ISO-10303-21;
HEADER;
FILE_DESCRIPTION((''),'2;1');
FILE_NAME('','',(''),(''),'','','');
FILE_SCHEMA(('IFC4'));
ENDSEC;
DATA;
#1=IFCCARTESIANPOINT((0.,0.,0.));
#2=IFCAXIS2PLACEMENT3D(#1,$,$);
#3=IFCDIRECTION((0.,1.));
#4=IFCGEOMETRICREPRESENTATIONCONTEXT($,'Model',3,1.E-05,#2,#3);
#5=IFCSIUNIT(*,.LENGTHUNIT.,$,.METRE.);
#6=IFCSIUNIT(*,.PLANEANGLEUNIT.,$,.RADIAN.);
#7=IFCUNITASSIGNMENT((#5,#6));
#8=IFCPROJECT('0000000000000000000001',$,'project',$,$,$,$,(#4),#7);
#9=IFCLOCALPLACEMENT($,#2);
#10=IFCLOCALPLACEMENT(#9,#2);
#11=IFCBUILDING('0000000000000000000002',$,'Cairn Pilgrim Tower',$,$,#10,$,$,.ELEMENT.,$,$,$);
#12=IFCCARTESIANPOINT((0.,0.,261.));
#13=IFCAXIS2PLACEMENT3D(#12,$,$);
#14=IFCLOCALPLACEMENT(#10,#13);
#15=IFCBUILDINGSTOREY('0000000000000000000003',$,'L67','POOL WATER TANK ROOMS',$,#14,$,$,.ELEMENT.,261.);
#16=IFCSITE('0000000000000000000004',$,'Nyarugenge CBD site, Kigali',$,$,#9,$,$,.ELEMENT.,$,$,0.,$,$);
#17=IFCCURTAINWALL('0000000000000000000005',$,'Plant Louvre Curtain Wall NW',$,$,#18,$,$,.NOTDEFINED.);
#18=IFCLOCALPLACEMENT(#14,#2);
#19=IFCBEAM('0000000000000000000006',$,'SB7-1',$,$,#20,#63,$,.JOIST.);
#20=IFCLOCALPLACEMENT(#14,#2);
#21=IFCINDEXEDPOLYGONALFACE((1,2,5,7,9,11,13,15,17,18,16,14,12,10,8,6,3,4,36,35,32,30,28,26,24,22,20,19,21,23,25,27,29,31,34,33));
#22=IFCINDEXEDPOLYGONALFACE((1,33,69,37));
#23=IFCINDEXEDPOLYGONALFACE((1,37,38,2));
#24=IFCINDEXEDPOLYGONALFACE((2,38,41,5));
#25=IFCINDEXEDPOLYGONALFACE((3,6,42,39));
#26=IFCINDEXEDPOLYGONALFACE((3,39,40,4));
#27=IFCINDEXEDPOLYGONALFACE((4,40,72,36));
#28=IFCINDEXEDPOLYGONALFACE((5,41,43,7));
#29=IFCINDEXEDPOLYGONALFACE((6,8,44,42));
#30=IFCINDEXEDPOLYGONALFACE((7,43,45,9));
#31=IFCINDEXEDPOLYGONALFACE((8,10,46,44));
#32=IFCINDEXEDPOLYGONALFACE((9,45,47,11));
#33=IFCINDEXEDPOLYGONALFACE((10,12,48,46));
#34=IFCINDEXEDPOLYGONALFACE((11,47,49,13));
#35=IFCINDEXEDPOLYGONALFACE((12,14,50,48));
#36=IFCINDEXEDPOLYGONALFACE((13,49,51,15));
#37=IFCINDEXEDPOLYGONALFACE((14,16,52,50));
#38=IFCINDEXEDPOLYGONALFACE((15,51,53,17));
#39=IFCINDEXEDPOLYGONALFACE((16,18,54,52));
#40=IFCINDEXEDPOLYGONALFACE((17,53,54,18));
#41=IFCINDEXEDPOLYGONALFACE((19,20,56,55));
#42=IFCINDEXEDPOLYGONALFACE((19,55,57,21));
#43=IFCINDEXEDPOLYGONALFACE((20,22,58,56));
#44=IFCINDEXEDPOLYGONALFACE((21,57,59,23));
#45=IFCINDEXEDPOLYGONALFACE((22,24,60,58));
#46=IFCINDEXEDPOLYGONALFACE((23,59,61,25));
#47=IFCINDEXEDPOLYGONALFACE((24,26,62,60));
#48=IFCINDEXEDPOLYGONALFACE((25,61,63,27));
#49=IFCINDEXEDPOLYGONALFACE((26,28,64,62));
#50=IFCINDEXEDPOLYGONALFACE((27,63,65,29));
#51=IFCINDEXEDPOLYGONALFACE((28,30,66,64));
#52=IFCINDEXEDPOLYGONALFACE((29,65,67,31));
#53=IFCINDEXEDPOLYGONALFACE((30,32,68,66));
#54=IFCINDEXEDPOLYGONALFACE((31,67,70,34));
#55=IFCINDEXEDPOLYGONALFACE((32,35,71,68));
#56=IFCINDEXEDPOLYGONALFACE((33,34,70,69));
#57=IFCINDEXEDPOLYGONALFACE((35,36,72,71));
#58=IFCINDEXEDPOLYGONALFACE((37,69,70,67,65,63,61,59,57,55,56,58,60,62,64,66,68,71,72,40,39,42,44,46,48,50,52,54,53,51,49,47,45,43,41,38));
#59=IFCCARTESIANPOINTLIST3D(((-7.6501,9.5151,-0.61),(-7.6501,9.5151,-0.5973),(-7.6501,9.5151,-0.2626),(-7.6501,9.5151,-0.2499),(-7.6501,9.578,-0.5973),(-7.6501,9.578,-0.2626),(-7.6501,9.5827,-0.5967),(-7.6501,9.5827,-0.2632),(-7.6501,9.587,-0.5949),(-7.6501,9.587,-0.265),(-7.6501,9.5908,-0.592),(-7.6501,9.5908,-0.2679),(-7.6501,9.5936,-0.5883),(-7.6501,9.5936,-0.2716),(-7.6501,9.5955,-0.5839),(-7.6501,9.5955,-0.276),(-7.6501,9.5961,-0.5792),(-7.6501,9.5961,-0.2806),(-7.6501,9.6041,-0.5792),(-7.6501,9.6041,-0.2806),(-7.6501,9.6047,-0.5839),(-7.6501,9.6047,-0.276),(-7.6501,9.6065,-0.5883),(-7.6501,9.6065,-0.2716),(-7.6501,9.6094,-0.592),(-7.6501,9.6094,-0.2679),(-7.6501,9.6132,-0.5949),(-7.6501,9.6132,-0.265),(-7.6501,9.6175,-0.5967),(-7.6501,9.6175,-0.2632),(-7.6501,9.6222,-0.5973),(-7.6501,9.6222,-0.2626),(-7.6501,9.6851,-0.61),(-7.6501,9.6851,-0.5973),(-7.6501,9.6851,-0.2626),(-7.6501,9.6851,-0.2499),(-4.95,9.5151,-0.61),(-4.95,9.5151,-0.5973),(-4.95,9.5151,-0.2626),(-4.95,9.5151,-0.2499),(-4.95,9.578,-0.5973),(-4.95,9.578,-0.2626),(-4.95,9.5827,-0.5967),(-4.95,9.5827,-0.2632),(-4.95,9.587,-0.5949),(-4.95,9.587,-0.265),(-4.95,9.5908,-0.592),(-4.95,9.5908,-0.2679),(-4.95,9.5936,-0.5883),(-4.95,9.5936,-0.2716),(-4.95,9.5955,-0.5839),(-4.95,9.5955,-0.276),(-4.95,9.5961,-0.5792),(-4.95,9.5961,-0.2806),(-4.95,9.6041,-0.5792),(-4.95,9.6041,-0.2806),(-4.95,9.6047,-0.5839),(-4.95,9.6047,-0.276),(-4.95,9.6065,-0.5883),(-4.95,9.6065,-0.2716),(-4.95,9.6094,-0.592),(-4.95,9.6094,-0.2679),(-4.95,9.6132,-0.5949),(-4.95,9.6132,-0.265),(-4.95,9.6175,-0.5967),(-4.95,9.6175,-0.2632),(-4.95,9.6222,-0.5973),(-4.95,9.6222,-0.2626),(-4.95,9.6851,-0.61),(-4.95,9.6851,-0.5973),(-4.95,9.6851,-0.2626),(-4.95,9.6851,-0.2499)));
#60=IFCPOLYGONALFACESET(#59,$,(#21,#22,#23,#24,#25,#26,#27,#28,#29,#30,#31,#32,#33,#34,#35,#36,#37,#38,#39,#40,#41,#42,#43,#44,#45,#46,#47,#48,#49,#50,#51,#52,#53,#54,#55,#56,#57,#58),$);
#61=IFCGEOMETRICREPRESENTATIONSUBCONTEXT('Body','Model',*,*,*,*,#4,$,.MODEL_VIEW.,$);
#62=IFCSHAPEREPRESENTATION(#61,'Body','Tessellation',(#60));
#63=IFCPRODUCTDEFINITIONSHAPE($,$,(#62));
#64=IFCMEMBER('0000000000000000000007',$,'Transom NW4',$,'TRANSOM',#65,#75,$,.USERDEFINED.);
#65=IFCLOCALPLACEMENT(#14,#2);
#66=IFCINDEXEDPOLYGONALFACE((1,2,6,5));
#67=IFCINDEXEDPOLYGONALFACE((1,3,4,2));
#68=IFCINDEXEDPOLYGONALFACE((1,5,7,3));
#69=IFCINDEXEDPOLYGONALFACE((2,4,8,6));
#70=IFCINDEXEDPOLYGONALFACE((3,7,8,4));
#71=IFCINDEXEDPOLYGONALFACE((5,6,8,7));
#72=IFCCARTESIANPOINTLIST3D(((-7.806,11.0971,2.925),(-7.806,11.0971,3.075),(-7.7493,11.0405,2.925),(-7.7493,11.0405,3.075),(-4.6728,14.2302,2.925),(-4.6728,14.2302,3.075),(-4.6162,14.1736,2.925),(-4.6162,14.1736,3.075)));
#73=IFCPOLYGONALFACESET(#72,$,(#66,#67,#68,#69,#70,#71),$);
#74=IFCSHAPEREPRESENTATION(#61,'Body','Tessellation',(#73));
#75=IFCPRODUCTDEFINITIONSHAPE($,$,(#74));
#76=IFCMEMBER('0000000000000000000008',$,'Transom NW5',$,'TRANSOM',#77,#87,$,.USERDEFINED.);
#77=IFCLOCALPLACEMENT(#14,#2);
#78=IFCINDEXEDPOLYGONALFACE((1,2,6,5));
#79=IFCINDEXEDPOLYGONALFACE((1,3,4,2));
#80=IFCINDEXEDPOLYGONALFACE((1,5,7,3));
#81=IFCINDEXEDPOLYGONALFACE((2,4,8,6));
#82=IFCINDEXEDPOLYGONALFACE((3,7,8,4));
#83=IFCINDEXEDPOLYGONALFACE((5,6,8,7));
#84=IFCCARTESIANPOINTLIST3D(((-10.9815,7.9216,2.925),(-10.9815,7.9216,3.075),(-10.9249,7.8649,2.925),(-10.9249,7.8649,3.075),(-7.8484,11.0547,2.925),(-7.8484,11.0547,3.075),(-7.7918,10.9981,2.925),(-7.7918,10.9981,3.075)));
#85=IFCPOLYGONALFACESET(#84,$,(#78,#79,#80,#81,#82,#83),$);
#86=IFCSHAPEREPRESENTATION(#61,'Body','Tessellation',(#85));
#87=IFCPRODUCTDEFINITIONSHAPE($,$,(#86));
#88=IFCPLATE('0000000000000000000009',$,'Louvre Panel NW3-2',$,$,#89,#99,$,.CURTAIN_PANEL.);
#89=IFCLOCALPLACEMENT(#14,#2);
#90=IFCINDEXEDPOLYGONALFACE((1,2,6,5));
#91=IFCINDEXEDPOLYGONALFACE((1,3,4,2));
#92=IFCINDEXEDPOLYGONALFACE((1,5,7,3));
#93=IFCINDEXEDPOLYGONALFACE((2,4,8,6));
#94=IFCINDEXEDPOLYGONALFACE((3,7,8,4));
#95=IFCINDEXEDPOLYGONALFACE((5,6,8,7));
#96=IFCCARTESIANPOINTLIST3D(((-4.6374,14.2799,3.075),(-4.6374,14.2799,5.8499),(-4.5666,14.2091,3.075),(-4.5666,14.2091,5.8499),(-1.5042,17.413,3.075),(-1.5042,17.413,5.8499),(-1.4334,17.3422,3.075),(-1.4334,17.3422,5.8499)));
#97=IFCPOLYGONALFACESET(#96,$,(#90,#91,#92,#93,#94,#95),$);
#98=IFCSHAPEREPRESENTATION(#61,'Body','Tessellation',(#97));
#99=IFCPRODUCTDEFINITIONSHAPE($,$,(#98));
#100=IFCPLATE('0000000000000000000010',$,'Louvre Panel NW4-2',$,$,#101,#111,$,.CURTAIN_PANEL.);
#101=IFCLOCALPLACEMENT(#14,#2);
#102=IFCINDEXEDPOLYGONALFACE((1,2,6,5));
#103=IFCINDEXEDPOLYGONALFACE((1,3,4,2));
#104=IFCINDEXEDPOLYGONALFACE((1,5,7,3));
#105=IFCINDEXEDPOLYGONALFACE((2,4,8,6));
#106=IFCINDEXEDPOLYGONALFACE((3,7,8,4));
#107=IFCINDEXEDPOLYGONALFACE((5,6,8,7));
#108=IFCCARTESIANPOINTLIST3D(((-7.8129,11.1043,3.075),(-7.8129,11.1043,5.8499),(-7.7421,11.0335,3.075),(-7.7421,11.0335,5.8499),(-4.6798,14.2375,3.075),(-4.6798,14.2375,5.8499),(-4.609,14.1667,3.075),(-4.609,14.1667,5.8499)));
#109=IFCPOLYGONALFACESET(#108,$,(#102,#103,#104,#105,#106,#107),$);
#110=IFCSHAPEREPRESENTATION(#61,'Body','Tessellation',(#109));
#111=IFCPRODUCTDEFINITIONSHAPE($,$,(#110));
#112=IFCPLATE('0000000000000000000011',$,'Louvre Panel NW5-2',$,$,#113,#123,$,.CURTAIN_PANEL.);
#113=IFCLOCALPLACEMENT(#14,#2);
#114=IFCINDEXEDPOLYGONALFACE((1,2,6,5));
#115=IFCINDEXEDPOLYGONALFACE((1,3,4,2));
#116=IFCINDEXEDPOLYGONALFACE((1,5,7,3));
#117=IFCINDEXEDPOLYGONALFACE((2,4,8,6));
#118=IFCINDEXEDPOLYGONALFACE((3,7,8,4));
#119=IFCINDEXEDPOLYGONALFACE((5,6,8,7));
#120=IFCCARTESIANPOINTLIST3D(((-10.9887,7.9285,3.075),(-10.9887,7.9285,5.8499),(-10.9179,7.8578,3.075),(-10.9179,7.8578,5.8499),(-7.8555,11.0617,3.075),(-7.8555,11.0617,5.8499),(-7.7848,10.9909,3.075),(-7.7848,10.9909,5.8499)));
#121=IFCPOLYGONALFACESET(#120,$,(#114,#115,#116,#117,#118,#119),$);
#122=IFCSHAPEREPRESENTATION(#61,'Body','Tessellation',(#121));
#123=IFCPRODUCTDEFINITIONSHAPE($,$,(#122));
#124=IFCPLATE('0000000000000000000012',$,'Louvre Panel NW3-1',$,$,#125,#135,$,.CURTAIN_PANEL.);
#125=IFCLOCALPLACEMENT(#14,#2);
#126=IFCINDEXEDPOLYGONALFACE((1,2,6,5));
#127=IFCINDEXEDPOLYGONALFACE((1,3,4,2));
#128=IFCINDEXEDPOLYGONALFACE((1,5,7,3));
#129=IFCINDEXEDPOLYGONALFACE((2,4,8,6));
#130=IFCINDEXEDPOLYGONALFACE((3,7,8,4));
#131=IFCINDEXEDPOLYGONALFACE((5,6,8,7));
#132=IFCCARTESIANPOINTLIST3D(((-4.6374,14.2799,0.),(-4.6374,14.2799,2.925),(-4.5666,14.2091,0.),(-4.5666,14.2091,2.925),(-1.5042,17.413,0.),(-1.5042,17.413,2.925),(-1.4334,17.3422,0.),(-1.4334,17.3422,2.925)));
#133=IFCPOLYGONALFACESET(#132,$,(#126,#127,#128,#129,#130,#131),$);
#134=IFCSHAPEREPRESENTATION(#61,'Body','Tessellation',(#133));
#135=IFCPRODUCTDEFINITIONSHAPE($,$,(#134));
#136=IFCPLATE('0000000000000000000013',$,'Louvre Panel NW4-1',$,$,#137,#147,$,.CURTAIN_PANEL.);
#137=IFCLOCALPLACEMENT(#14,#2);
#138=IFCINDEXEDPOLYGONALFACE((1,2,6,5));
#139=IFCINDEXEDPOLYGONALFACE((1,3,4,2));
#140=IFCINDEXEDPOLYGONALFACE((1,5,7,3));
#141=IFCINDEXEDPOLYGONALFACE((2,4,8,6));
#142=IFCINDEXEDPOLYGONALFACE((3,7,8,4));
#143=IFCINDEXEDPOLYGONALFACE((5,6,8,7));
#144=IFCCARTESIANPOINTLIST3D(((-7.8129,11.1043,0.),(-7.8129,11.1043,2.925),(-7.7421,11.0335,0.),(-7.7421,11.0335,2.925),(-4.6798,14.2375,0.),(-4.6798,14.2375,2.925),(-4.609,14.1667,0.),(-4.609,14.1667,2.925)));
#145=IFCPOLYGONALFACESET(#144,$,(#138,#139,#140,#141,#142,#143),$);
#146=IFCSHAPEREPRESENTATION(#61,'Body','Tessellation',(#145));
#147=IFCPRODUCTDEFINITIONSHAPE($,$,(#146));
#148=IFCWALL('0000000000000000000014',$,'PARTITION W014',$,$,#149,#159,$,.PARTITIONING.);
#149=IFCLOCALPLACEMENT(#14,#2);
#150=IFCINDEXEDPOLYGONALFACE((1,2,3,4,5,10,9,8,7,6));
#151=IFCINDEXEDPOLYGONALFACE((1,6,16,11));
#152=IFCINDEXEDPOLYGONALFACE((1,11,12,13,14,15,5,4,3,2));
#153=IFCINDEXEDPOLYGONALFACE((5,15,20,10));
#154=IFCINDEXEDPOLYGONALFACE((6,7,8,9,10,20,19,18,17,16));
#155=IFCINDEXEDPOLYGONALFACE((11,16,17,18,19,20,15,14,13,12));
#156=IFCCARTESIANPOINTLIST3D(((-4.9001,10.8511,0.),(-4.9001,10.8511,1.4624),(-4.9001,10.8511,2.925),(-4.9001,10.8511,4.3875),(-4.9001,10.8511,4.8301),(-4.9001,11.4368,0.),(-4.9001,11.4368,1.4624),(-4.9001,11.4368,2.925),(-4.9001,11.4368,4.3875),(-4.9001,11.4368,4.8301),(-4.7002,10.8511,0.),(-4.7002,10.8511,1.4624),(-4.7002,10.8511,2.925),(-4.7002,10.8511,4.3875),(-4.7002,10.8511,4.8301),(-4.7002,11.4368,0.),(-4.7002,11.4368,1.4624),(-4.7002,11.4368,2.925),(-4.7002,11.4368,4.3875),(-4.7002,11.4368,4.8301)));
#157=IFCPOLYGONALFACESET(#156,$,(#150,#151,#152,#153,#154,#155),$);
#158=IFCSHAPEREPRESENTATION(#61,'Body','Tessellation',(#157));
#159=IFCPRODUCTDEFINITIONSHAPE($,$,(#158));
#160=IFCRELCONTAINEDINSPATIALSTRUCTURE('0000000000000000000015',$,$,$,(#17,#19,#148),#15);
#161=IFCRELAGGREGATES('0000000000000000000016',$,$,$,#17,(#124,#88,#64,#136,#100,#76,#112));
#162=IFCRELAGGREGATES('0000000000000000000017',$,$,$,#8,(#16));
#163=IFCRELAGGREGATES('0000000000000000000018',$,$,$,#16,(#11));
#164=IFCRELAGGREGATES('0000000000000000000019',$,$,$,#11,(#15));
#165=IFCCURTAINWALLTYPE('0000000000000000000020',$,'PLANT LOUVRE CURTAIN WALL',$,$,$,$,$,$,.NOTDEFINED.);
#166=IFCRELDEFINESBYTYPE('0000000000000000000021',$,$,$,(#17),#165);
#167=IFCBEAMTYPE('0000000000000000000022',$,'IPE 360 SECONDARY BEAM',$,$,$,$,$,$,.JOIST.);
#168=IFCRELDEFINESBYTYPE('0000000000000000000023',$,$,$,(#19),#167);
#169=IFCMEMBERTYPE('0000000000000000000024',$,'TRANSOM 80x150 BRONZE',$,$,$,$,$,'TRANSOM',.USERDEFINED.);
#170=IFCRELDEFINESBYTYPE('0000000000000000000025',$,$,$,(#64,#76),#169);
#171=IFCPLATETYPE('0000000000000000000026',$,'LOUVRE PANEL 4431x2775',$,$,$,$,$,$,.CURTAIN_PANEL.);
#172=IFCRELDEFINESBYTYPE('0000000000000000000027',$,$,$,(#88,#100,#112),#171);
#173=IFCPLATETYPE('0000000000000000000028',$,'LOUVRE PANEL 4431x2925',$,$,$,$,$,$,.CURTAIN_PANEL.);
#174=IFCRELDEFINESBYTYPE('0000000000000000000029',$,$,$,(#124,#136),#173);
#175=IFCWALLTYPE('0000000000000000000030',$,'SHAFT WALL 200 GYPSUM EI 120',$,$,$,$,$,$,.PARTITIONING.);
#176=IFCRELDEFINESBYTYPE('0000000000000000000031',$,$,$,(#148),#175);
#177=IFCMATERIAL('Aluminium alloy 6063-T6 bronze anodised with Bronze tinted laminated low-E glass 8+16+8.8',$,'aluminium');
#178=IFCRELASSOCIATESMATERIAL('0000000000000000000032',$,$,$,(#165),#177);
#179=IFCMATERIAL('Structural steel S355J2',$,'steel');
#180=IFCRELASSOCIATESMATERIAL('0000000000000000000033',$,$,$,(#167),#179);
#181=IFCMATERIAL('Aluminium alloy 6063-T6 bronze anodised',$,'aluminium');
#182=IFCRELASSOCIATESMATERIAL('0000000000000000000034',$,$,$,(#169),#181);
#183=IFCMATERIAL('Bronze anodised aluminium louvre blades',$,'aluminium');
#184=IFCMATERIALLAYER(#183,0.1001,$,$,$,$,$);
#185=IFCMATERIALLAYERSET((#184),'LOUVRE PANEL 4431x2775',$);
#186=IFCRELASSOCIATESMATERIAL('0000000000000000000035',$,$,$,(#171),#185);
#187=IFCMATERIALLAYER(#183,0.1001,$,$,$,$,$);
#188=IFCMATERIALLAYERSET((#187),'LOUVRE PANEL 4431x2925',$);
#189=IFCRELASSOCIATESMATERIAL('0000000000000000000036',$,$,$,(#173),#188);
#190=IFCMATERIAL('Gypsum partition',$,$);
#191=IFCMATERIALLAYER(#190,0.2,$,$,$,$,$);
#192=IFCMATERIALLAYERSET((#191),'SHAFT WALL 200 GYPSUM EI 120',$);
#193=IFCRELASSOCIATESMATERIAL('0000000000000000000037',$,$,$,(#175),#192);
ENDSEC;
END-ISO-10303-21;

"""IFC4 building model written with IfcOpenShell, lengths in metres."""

from ifc_helpers import new_model, si_unit, direction, frame, origin, origin_2d, place, context, subcontext, project, spatial, polyline, rectangle, i_section, outline, extrude, material, layer, layer_set, material_profile, profile_set, type_object, element, aggregate, save


model = new_model("IFC4")

# Units and contexts
model_context = context("Model", 3, precision=1e-05, world=origin(), true_north=direction((0.0, 1.0)))
body_context = subcontext(model_context, "Body", "Model", "MODEL_VIEW")
ifc_project = project(units=[si_unit("LENGTHUNIT", "METRE"), si_unit("PLANEANGLEUNIT", "RADIAN")], contexts=[model_context])

# Site, building, storey
site_placement = place(None, origin())
site = spatial("IfcSite", under=ifc_project, at=site_placement, Name="Nyarugenge CBD site, Kigali", CompositionType="ELEMENT", RefElevation=0.0)
building_placement = place(site_placement, origin())
building = spatial("IfcBuilding", under=site, at=building_placement, Name="Cairn Pilgrim Tower", CompositionType="ELEMENT")
storey_placement = place(building_placement, frame((0.0, 0.0, 261.0)))
storey = spatial("IfcBuildingStorey", under=building, at=storey_placement, Name="L67", Description="POOL WATER TANK ROOMS", CompositionType="ELEMENT", Elevation=261.0)

# Shared definitions
ifc_material_1 = material(Name="Structural steel S355J2", Category="steel")

# Curtain wall
ifc_material_2 = material(Name="Aluminium alloy 6063-T6 bronze anodised with Bronze tinted laminated low-E glass 8+16+8.8", Category="aluminium")
curtain_wall_type = type_object("IfcCurtainWallType", Name="PLANT LOUVRE CURTAIN WALL", PredefinedType="NOTDEFINED", material=ifc_material_2)
curtain_wall_placement = place(storey_placement, origin())
curtain_wall = element("IfcCurtainWall", 1, at=curtain_wall_placement, inside=storey, type_object=curtain_wall_type, Name="Plant Louvre Curtain Wall NW", PredefinedType="NOTDEFINED")
ifc_material_3 = material(Name="Aluminium alloy 6063-T6 bronze anodised", Category="aluminium")

# Beam
ifc_material_profile_1 = material_profile(ifc_material_1, i_section(OverallWidth=0.1699, OverallDepth=0.3601, WebThickness=0.0081, FlangeThickness=0.0127, FilletRadius=0.0181, at=origin_2d()), Name="IPE 360")
ifc_profile_set_1 = profile_set([ifc_material_profile_1], Name="Structural steel S355J2")
beam_type_1 = type_object("IfcBeamType", Name="IPE 360 SECONDARY BEAM", PredefinedType="JOIST", material=ifc_profile_set_1)
beam_1_placement = place(storey_placement, frame((-7.6501, 9.6001, -0.4299), z_axis=(1.0, 0.0, 0.0), x_axis=(0.0, 1.0, 0.0)))
element("IfcBeam", 2, at=beam_1_placement, inside=storey, type_object=beam_type_1, Name="SB7-1", PredefinedType="JOIST", context=body_context, shape_type="SweptSolid", body=[
    extrude(i_section(OverallWidth=0.1699, OverallDepth=0.3601, WebThickness=0.0081, FlangeThickness=0.0127, FilletRadius=0.0181, at=origin_2d()), origin(), (0.0, 0.0, 1.0), 2.7002),
])

# Members
ifc_material_profile_2 = material_profile(ifc_material_3, rectangle(XDim=0.0801, YDim=0.1499, at=origin_2d()), Name="TRANSOM 80x150 BRONZE")
ifc_profile_set_2 = profile_set([ifc_material_profile_2], Name="Aluminium alloy 6063-T6 bronze anodised")
member_type_1 = type_object("IfcMemberType", Name="TRANSOM 80x150 BRONZE", ElementType="TRANSOM", PredefinedType="USERDEFINED", material=ifc_profile_set_2)
member_1_placement = place(storey_placement, frame((-4.6445, 14.2019, 3.0), z_axis=(-0.707107, -0.707107, 0.0), x_axis=(0.707107, -0.707107, 0.0)))
member_1 = element("IfcMember", 3, at=member_1_placement, type_object=member_type_1, Name="Transom NW4", ObjectType="TRANSOM", PredefinedType="USERDEFINED", context=body_context, shape_type="SweptSolid", body=[
    extrude(rectangle(XDim=0.0801, YDim=0.1499, at=origin_2d()), origin(), (0.0, 0.0, 1.0), 4.4309),
])
member_2_placement = place(storey_placement, frame((-7.8201, 11.0264, 3.0), z_axis=(-0.707107, -0.707107, 0.0), x_axis=(0.707107, -0.707107, 0.0)))
member_2 = element("IfcMember", 4, at=member_2_placement, type_object=member_type_1, Name="Transom NW5", ObjectType="TRANSOM", PredefinedType="USERDEFINED", context=body_context, shape_type="SweptSolid", body=[
    extrude(rectangle(XDim=0.0801, YDim=0.1499, at=origin_2d()), origin(), (0.0, 0.0, 1.0), 4.4309),
])

# Plates
ifc_material_4 = material(Name="Bronze anodised aluminium louvre blades", Category="aluminium")
ifc_layer_1 = layer(ifc_material_4, 0.1001)
ifc_layer_set_1 = layer_set([ifc_layer_1], Name="LOUVRE PANEL 4431x2775")
plate_type_1 = type_object("IfcPlateType", Name="LOUVRE PANEL 4431x2775", PredefinedType="CURTAIN_PANEL", material=ifc_layer_set_1)
plate_1_placement = place(storey_placement, frame((-3.0354, 15.811, 3.075), z_axis=(0.0, 0.0, 1.0), x_axis=(-0.707107, -0.707107, 0.0)))
plate_1 = element("IfcPlate", 5, at=plate_1_placement, type_object=plate_type_1, Name="Louvre Panel NW3-2", PredefinedType="CURTAIN_PANEL", context=body_context, shape_type="SweptSolid", body=[
    extrude(rectangle(XDim=4.4309, YDim=0.1001, at=origin_2d()), origin(), (0.0, 0.0, 1.0), 2.7749),
])
plate_2_placement = place(storey_placement, frame((-6.2109, 12.6355, 3.075), z_axis=(0.0, 0.0, 1.0), x_axis=(-0.707107, -0.707107, 0.0)))
plate_2 = element("IfcPlate", 6, at=plate_2_placement, type_object=plate_type_1, Name="Louvre Panel NW4-2", PredefinedType="CURTAIN_PANEL", context=body_context, shape_type="SweptSolid", body=[
    extrude(rectangle(XDim=4.4309, YDim=0.1001, at=origin_2d()), origin(), (0.0, 0.0, 1.0), 2.7749),
])
plate_3_placement = place(storey_placement, frame((-9.3867, 9.4597, 3.075), z_axis=(0.0, 0.0, 1.0), x_axis=(-0.707107, -0.707107, 0.0)))
plate_3 = element("IfcPlate", 7, at=plate_3_placement, type_object=plate_type_1, Name="Louvre Panel NW5-2", PredefinedType="CURTAIN_PANEL", context=body_context, shape_type="SweptSolid", body=[
    extrude(rectangle(XDim=4.4309, YDim=0.1001, at=origin_2d()), origin(), (0.0, 0.0, 1.0), 2.7749),
])
ifc_layer_2 = layer(ifc_material_4, 0.1001)
ifc_layer_set_2 = layer_set([ifc_layer_2], Name="LOUVRE PANEL 4431x2925")
plate_type_2 = type_object("IfcPlateType", Name="LOUVRE PANEL 4431x2925", PredefinedType="CURTAIN_PANEL", material=ifc_layer_set_2)
plate_4_placement = place(storey_placement, frame((-3.0354, 15.811, 0.0), z_axis=(0.0, 0.0, 1.0), x_axis=(-0.707107, -0.707107, 0.0)))
plate_4 = element("IfcPlate", 8, at=plate_4_placement, type_object=plate_type_2, Name="Louvre Panel NW3-1", PredefinedType="CURTAIN_PANEL", context=body_context, shape_type="SweptSolid", body=[
    extrude(rectangle(XDim=4.4309, YDim=0.1001, at=origin_2d()), origin(), (0.0, 0.0, 1.0), 2.925),
])
plate_5_placement = place(storey_placement, frame((-6.2109, 12.6355, 0.0), z_axis=(0.0, 0.0, 1.0), x_axis=(-0.707107, -0.707107, 0.0)))
plate_5 = element("IfcPlate", 9, at=plate_5_placement, type_object=plate_type_2, Name="Louvre Panel NW4-1", PredefinedType="CURTAIN_PANEL", context=body_context, shape_type="SweptSolid", body=[
    extrude(rectangle(XDim=4.4309, YDim=0.1001, at=origin_2d()), origin(), (0.0, 0.0, 1.0), 2.925),
])
aggregate(curtain_wall, [plate_4, plate_1, member_1, plate_5, plate_2, member_2, plate_3])

# Wall
ifc_material_5 = material(Name="Gypsum partition")
ifc_layer_3 = layer(ifc_material_5, 0.2)
ifc_layer_set_3 = layer_set([ifc_layer_3], Name="SHAFT WALL 200 GYPSUM EI 120")
wall_type = type_object("IfcWallType", Name="SHAFT WALL 200 GYPSUM EI 120", PredefinedType="PARTITIONING", material=ifc_layer_set_3)
wall_placement = place(storey_placement, frame((-4.8, 10.8511, 0.0), z_axis=(0.0, 0.0, 1.0), x_axis=(0.0, 1.0, 0.0)))
element("IfcWall", 10, at=wall_placement, inside=storey, type_object=wall_type, Name="PARTITION W014", PredefinedType="PARTITIONING", context=body_context, shape_type="SweptSolid", body=[
    extrude(outline(polyline([(0.0, 0.0), (0.5857, 0.0), (0.5857, 1.4624), (0.5857, 2.925), (0.5857, 4.3875), (0.5857, 4.8301), (0.0, 4.8301), (0.0, 4.3875), (0.0, 2.925), (0.0, 1.4624), (0.0, 0.0)])), frame((0.0, 0.1001, 0.0), z_axis=(0.0, -1.0, 0.0), x_axis=(1.0, 0.0, 0.0)), (0.0, 0.0, 1.0), 0.2),
])

save(model, "model.ifc")
